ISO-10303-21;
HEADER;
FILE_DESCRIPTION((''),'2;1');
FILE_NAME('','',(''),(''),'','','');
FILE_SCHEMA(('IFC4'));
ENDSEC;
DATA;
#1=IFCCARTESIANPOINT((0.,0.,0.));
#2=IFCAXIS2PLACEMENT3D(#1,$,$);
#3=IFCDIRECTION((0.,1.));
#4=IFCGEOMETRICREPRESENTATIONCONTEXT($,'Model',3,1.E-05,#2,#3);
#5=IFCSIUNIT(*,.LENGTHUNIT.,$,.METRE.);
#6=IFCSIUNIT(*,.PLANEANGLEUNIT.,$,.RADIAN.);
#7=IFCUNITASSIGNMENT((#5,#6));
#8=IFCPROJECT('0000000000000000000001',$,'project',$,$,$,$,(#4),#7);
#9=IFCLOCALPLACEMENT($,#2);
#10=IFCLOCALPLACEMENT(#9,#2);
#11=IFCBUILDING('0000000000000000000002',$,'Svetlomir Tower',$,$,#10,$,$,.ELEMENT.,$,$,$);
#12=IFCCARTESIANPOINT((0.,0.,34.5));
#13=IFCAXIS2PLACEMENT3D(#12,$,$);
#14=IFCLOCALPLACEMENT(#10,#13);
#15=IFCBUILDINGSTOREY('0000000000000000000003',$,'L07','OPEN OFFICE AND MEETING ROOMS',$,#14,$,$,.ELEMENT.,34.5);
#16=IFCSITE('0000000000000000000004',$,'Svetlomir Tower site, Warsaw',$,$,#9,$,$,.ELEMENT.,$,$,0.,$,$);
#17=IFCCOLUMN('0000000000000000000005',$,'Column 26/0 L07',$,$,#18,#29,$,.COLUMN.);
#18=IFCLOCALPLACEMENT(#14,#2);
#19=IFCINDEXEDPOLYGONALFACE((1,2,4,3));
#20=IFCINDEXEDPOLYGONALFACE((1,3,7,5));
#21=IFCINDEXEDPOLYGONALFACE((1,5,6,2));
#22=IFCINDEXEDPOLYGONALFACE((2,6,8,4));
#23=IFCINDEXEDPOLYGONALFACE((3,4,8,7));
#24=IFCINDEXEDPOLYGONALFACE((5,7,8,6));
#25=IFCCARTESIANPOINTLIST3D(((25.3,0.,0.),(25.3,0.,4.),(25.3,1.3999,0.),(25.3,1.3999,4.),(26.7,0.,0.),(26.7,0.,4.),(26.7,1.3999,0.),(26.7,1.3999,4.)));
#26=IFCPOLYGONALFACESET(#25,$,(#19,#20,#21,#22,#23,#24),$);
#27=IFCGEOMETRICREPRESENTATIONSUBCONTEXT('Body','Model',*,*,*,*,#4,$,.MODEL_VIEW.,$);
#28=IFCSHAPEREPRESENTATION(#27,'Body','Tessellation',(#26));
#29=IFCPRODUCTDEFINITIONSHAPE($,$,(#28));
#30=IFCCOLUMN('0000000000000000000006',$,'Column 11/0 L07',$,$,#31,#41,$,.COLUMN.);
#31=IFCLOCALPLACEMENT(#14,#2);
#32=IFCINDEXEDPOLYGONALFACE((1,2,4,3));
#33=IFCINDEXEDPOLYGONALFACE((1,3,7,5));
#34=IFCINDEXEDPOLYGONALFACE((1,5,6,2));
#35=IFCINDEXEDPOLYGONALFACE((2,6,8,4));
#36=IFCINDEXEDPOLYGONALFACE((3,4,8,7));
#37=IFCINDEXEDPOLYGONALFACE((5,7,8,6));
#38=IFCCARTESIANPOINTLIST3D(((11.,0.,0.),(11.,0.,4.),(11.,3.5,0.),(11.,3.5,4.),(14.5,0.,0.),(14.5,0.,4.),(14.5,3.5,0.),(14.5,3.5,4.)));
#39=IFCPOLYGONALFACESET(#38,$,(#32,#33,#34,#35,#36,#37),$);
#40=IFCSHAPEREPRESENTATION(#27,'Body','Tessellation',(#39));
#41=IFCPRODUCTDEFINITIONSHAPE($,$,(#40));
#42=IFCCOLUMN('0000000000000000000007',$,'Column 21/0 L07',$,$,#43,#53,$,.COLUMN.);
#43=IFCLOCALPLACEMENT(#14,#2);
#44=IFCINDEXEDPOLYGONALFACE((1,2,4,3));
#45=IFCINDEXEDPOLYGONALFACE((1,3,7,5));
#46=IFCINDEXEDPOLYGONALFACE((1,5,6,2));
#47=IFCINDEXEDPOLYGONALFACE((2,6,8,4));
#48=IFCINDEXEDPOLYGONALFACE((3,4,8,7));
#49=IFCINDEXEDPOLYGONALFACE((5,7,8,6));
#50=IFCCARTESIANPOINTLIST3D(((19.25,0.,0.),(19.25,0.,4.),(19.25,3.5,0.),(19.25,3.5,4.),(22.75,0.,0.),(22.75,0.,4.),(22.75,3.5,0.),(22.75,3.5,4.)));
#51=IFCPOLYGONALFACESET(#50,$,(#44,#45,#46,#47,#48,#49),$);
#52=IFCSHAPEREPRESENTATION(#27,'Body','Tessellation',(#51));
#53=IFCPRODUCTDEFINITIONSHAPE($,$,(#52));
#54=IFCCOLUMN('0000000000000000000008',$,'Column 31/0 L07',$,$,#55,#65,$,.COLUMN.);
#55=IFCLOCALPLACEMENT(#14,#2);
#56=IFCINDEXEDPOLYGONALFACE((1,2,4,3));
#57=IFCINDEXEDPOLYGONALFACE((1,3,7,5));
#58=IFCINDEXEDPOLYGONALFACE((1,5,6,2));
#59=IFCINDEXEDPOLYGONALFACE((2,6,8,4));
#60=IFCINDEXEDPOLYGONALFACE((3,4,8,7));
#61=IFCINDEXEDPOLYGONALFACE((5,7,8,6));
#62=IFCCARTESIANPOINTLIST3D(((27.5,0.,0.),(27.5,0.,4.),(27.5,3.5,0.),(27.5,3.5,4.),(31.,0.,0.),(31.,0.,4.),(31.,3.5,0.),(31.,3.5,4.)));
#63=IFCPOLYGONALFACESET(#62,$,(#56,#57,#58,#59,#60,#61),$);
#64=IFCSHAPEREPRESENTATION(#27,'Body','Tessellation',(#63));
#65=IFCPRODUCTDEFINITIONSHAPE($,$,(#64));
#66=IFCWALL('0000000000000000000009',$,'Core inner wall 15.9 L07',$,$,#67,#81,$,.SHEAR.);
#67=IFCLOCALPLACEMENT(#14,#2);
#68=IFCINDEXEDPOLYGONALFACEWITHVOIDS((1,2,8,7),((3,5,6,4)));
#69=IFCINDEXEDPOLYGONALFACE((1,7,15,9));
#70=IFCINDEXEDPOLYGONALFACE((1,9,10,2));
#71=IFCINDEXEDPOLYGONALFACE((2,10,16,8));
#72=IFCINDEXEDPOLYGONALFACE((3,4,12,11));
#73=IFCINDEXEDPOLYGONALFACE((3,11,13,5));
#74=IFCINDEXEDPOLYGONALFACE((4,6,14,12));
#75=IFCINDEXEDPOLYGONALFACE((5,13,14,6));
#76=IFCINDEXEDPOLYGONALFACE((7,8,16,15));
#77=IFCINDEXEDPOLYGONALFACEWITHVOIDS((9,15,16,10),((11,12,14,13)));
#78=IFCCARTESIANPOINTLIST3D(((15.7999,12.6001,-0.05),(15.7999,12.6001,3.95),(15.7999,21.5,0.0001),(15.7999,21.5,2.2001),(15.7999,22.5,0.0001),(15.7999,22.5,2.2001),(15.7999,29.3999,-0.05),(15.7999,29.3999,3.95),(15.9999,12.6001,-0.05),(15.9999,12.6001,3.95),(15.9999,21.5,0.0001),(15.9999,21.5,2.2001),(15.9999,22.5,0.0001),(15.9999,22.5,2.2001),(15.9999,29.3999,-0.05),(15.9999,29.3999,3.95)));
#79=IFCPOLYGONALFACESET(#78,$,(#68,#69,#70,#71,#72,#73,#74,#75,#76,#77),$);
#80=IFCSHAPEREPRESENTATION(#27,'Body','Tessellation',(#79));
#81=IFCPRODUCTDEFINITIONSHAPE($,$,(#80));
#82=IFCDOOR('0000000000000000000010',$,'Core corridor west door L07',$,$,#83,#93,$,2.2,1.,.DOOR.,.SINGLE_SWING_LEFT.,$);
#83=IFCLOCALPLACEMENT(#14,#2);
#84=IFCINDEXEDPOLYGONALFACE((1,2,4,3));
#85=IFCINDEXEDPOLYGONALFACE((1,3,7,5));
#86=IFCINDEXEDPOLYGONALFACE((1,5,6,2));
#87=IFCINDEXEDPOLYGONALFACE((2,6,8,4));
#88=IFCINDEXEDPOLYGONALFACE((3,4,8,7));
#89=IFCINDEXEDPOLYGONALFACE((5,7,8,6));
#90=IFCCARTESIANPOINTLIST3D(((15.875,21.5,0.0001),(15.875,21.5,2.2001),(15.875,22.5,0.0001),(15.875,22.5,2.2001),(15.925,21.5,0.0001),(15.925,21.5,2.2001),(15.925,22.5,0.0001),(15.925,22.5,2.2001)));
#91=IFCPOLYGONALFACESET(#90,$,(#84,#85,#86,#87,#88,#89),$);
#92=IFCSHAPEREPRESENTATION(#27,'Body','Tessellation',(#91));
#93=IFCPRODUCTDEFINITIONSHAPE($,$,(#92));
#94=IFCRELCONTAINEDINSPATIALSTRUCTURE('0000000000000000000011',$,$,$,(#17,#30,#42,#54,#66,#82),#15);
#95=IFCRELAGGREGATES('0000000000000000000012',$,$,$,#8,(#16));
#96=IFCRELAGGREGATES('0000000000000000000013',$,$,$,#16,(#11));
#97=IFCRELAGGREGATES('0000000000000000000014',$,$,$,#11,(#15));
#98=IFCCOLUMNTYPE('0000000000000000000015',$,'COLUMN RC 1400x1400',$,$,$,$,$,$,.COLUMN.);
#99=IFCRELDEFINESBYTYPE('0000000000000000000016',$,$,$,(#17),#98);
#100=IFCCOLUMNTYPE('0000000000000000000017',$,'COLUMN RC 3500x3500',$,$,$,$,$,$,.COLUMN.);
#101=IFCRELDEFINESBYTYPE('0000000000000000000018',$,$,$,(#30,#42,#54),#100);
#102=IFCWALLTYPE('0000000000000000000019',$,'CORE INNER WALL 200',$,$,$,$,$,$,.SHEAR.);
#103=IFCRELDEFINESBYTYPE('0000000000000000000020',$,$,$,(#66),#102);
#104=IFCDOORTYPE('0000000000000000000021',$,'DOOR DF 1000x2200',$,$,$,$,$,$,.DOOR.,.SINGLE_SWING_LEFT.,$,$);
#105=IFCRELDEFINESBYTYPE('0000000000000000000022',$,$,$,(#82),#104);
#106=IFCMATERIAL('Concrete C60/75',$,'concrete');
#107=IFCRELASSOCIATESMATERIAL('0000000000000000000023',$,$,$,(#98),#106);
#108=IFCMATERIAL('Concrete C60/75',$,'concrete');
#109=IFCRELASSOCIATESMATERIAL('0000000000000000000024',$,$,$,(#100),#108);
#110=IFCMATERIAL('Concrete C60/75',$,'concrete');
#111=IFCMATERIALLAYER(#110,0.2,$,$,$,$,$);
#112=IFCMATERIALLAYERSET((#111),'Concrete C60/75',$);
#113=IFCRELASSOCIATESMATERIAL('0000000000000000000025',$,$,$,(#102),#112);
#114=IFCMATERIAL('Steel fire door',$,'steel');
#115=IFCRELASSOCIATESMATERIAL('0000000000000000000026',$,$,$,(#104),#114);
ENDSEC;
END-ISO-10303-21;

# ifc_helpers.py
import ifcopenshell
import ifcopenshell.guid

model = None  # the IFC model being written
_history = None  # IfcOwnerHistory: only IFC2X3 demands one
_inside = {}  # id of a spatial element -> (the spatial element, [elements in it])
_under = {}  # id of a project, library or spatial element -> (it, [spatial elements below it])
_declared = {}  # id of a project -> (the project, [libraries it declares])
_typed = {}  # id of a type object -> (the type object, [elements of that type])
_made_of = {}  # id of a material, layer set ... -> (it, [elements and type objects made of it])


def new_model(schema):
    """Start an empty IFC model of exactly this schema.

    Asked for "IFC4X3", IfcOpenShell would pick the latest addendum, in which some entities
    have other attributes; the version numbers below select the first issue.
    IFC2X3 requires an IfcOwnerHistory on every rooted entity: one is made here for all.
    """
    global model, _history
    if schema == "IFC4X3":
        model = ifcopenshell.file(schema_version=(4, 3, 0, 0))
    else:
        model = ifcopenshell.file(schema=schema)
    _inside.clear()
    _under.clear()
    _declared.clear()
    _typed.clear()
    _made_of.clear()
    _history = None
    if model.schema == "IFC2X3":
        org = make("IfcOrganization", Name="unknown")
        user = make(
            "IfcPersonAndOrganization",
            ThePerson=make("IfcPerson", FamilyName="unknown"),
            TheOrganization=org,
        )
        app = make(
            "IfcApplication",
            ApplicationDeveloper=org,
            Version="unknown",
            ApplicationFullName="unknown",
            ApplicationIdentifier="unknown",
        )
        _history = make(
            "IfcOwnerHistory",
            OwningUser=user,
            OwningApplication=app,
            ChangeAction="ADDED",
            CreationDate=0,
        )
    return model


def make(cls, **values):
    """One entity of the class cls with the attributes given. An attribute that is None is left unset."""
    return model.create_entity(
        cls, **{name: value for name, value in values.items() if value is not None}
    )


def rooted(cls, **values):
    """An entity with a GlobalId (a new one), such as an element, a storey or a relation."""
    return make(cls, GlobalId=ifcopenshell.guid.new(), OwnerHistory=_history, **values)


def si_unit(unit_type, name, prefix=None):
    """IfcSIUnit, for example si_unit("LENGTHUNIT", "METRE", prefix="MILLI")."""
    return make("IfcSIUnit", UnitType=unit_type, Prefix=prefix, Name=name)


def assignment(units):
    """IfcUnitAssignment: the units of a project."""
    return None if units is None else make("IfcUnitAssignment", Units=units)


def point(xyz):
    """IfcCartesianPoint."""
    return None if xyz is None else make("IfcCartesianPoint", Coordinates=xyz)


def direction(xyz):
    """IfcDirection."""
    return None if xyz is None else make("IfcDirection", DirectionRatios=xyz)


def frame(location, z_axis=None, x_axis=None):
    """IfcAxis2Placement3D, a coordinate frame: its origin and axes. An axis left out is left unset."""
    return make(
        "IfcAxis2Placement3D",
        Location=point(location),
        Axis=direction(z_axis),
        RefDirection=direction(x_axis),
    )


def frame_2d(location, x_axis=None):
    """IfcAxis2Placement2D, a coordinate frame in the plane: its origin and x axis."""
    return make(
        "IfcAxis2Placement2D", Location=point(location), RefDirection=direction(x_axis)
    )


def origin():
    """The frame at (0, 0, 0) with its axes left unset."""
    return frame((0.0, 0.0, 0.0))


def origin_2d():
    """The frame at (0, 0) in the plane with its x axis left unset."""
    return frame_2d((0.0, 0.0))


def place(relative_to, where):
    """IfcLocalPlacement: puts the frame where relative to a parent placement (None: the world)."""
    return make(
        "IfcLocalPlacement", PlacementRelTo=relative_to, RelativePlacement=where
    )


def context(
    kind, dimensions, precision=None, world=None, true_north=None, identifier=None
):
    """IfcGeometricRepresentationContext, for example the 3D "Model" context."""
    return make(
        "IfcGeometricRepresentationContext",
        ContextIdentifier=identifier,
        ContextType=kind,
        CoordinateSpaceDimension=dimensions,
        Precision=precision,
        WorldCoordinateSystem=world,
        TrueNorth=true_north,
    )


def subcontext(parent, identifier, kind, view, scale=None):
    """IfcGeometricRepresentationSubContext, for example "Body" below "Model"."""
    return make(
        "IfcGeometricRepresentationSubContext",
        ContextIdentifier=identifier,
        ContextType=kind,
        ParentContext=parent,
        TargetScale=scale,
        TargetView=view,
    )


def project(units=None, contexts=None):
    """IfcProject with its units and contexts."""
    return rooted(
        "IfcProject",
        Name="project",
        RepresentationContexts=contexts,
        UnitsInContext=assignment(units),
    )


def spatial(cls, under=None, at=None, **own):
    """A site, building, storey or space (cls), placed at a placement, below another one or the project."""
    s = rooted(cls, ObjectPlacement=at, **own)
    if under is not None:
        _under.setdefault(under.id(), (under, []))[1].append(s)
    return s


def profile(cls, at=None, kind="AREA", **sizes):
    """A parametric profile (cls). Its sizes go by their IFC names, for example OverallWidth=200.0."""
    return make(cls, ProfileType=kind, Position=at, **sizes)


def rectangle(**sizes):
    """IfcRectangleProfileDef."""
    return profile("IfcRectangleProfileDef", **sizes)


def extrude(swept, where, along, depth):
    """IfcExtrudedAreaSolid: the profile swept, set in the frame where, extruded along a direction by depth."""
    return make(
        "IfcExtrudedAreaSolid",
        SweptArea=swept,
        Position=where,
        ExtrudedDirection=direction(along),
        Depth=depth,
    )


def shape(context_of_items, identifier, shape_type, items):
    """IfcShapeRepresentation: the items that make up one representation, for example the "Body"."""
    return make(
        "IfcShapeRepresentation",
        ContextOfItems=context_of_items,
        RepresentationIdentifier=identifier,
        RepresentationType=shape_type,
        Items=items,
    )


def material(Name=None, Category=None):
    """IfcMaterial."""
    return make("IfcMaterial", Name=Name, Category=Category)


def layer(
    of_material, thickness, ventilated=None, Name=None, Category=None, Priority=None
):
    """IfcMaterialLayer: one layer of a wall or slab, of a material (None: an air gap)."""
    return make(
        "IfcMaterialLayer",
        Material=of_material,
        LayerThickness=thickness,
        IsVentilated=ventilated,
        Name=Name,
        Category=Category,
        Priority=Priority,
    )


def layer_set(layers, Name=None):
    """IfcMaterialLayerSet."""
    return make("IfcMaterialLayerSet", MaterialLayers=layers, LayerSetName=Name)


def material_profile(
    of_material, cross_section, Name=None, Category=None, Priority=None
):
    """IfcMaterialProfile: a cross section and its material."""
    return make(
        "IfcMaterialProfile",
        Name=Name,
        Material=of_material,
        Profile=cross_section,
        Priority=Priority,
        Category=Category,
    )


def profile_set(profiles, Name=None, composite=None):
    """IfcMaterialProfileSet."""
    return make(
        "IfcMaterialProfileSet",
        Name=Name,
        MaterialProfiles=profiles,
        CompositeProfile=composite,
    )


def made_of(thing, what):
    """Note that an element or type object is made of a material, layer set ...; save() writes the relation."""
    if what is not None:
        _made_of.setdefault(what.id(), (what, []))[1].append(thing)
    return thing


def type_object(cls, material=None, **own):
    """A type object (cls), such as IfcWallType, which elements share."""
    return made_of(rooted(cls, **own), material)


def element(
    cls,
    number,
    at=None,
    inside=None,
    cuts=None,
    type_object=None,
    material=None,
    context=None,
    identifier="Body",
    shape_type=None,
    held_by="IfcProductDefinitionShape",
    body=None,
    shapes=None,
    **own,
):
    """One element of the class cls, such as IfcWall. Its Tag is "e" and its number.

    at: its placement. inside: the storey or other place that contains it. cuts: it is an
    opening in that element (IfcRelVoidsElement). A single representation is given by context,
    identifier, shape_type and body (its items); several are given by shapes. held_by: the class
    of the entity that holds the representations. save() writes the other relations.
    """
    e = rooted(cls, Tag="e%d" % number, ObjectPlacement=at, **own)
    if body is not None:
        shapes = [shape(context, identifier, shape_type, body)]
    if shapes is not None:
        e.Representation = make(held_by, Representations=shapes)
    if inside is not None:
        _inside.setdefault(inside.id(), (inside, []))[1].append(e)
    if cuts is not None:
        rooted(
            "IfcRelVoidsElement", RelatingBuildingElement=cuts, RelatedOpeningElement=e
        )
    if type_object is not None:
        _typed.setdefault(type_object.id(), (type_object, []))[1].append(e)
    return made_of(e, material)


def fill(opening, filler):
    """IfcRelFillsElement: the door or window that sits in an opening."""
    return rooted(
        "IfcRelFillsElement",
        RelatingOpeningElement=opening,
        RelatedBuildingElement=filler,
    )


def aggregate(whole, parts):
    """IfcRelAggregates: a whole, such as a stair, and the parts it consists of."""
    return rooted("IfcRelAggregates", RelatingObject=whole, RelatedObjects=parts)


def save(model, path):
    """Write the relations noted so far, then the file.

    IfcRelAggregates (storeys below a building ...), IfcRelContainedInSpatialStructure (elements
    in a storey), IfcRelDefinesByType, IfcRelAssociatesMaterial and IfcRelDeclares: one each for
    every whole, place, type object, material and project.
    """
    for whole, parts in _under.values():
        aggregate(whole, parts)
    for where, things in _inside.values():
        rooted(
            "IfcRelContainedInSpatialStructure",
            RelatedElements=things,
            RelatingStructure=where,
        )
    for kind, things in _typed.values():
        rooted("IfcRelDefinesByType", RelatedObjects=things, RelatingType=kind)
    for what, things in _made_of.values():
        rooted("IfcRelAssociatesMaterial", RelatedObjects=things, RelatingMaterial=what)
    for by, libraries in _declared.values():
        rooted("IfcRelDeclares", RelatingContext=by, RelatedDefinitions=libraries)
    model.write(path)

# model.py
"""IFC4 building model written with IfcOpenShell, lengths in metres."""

from ifc_helpers import new_model, si_unit, direction, frame, frame_2d, origin, origin_2d, place, context, subcontext, project, spatial, rectangle, extrude, material, layer, layer_set, material_profile, profile_set, type_object, element, fill, save


model = new_model("IFC4")

# Units and contexts
model_context = context("Model", 3, precision=1e-05, world=origin(), true_north=direction((0.0, 1.0)))
body_context = subcontext(model_context, "Body", "Model", "MODEL_VIEW")
ifc_project = project(units=[si_unit("LENGTHUNIT", "METRE"), si_unit("PLANEANGLEUNIT", "RADIAN")], contexts=[model_context])

# Site, building, storey
site_placement = place(None, origin())
site = spatial("IfcSite", under=ifc_project, at=site_placement, Name="Svetlomir Tower site, Warsaw", CompositionType="ELEMENT", RefElevation=0.0)
building_placement = place(site_placement, origin())
building = spatial("IfcBuilding", under=site, at=building_placement, Name="Svetlomir Tower", CompositionType="ELEMENT")
storey_placement = place(building_placement, frame((0.0, 0.0, 34.5)))
storey = spatial("IfcBuildingStorey", under=building, at=storey_placement, Name="L07", Description="OPEN OFFICE AND MEETING ROOMS", CompositionType="ELEMENT", Elevation=34.5)

# Columns
ifc_material_1 = material(Name="Concrete C60/75", Category="concrete")
ifc_material_profile_1 = material_profile(ifc_material_1, rectangle(XDim=1.3999, YDim=1.3999, at=origin_2d()), Name="RC 1400x1400")
ifc_profile_set_1 = profile_set([ifc_material_profile_1], Name="Concrete C60/75")
column_type_1 = type_object("IfcColumnType", Name="COLUMN RC 1400x1400", PredefinedType="COLUMN", material=ifc_profile_set_1)
column_placement = place(storey_placement, frame((26.0, 0.7, 0.0), z_axis=(0.0, 0.0, 1.0), x_axis=(1.0, 0.0, 0.0)))
element("IfcColumn", 1, at=column_placement, inside=storey, type_object=column_type_1, Name="Column 26/0 L07", PredefinedType="COLUMN", context=body_context, shape_type="SweptSolid", body=[
    extrude(rectangle(XDim=1.3999, YDim=1.3999, at=origin_2d()), origin(), (0.0, 0.0, 1.0), 4.0),
])
ifc_material_2 = material(Name="Concrete C60/75", Category="concrete")
ifc_material_profile_2 = material_profile(ifc_material_2, rectangle(XDim=3.5, YDim=3.5, at=origin_2d()), Name="RC 3500x3500")
ifc_profile_set_2 = profile_set([ifc_material_profile_2], Name="Concrete C60/75")
column_type_2 = type_object("IfcColumnType", Name="COLUMN RC 3500x3500", PredefinedType="COLUMN", material=ifc_profile_set_2)
for number, where, z_axis, x_axis, name in (
    (2, (12.75, 1.75, 0.0), (0.0, 0.0, 1.0), (1.0, 0.0, 0.0), "Column 11/0 L07"),
    (3, (21.0, 1.75, 0.0), (0.0, 0.0, 1.0), (1.0, 0.0, 0.0), "Column 21/0 L07"),
    (4, (29.25, 1.75, 0.0), (0.0, 0.0, 1.0), (1.0, 0.0, 0.0), "Column 31/0 L07"),
):
    element("IfcColumn", number, at=place(storey_placement, frame(where, z_axis=z_axis, x_axis=x_axis)), inside=storey, type_object=column_type_2, Name=name, PredefinedType="COLUMN", context=body_context, shape_type="SweptSolid", body=[
        extrude(rectangle(XDim=3.5, YDim=3.5, at=origin_2d()), origin(), (0.0, 0.0, 1.0), 4.0),
    ])

# Wall, opening, door
ifc_material_3 = material(Name="Concrete C60/75", Category="concrete")
ifc_layer_1 = layer(ifc_material_3, 0.2)
ifc_layer_set_1 = layer_set([ifc_layer_1], Name="Concrete C60/75")
wall_type_1 = type_object("IfcWallType", Name="CORE INNER WALL 200", PredefinedType="SHEAR", material=ifc_layer_set_1)
wall_1_placement = place(storey_placement, frame((15.8999, 12.6001, -0.05), z_axis=(0.0, 0.0, 1.0), x_axis=(0.0, 1.0, 0.0)))
wall_1 = element("IfcWall", 5, at=wall_1_placement, inside=storey, type_object=wall_type_1, Name="Core inner wall 15.9 L07", PredefinedType="SHEAR", context=body_context, shape_type="SweptSolid", body=[
    extrude(rectangle(XDim=16.7998, YDim=0.2, at=frame_2d((8.3999, 0.0))), origin(), (0.0, 0.0, 1.0), 4.0),
])
opening_1_placement = place(wall_1_placement, frame((8.8999, 0.0, 0.05)))
opening_1 = element("IfcOpeningElement", 6, at=opening_1_placement, cuts=wall_1, PredefinedType="OPENING", context=body_context, shape_type="SweptSolid", body=[
    extrude(rectangle(XDim=1.0, YDim=2.2, at=frame_2d((0.5, 1.1001))), frame((0.0, 0.1099, 0.0), z_axis=(0.0, -1.0, 0.0), x_axis=(1.0, 0.0, 0.0)), (0.0, 0.0, 1.0), 0.22),
])
ifc_material_4 = material(Name="Steel fire door", Category="steel")
door_type_1 = type_object("IfcDoorType", Name="DOOR DF 1000x2200", OperationType="SINGLE_SWING_LEFT", PredefinedType="DOOR", material=ifc_material_4)
door_1_placement = place(opening_1_placement, origin())
door_1 = element("IfcDoor", 7, at=door_1_placement, inside=storey, type_object=door_type_1, Name="Core corridor west door L07", OperationType="SINGLE_SWING_LEFT", OverallHeight=2.2, OverallWidth=1.0, PredefinedType="DOOR", context=body_context, shape_type="SweptSolid", body=[
    extrude(rectangle(XDim=1.0, YDim=2.2, at=frame_2d((0.5, 1.1001))), frame((0.0, 0.0249, 0.0), z_axis=(0.0, -1.0, 0.0), x_axis=(1.0, 0.0, 0.0)), (0.0, 0.0, 1.0), 0.05),
])
fill(opening_1, door_1)

save(model, "model.ifc")
